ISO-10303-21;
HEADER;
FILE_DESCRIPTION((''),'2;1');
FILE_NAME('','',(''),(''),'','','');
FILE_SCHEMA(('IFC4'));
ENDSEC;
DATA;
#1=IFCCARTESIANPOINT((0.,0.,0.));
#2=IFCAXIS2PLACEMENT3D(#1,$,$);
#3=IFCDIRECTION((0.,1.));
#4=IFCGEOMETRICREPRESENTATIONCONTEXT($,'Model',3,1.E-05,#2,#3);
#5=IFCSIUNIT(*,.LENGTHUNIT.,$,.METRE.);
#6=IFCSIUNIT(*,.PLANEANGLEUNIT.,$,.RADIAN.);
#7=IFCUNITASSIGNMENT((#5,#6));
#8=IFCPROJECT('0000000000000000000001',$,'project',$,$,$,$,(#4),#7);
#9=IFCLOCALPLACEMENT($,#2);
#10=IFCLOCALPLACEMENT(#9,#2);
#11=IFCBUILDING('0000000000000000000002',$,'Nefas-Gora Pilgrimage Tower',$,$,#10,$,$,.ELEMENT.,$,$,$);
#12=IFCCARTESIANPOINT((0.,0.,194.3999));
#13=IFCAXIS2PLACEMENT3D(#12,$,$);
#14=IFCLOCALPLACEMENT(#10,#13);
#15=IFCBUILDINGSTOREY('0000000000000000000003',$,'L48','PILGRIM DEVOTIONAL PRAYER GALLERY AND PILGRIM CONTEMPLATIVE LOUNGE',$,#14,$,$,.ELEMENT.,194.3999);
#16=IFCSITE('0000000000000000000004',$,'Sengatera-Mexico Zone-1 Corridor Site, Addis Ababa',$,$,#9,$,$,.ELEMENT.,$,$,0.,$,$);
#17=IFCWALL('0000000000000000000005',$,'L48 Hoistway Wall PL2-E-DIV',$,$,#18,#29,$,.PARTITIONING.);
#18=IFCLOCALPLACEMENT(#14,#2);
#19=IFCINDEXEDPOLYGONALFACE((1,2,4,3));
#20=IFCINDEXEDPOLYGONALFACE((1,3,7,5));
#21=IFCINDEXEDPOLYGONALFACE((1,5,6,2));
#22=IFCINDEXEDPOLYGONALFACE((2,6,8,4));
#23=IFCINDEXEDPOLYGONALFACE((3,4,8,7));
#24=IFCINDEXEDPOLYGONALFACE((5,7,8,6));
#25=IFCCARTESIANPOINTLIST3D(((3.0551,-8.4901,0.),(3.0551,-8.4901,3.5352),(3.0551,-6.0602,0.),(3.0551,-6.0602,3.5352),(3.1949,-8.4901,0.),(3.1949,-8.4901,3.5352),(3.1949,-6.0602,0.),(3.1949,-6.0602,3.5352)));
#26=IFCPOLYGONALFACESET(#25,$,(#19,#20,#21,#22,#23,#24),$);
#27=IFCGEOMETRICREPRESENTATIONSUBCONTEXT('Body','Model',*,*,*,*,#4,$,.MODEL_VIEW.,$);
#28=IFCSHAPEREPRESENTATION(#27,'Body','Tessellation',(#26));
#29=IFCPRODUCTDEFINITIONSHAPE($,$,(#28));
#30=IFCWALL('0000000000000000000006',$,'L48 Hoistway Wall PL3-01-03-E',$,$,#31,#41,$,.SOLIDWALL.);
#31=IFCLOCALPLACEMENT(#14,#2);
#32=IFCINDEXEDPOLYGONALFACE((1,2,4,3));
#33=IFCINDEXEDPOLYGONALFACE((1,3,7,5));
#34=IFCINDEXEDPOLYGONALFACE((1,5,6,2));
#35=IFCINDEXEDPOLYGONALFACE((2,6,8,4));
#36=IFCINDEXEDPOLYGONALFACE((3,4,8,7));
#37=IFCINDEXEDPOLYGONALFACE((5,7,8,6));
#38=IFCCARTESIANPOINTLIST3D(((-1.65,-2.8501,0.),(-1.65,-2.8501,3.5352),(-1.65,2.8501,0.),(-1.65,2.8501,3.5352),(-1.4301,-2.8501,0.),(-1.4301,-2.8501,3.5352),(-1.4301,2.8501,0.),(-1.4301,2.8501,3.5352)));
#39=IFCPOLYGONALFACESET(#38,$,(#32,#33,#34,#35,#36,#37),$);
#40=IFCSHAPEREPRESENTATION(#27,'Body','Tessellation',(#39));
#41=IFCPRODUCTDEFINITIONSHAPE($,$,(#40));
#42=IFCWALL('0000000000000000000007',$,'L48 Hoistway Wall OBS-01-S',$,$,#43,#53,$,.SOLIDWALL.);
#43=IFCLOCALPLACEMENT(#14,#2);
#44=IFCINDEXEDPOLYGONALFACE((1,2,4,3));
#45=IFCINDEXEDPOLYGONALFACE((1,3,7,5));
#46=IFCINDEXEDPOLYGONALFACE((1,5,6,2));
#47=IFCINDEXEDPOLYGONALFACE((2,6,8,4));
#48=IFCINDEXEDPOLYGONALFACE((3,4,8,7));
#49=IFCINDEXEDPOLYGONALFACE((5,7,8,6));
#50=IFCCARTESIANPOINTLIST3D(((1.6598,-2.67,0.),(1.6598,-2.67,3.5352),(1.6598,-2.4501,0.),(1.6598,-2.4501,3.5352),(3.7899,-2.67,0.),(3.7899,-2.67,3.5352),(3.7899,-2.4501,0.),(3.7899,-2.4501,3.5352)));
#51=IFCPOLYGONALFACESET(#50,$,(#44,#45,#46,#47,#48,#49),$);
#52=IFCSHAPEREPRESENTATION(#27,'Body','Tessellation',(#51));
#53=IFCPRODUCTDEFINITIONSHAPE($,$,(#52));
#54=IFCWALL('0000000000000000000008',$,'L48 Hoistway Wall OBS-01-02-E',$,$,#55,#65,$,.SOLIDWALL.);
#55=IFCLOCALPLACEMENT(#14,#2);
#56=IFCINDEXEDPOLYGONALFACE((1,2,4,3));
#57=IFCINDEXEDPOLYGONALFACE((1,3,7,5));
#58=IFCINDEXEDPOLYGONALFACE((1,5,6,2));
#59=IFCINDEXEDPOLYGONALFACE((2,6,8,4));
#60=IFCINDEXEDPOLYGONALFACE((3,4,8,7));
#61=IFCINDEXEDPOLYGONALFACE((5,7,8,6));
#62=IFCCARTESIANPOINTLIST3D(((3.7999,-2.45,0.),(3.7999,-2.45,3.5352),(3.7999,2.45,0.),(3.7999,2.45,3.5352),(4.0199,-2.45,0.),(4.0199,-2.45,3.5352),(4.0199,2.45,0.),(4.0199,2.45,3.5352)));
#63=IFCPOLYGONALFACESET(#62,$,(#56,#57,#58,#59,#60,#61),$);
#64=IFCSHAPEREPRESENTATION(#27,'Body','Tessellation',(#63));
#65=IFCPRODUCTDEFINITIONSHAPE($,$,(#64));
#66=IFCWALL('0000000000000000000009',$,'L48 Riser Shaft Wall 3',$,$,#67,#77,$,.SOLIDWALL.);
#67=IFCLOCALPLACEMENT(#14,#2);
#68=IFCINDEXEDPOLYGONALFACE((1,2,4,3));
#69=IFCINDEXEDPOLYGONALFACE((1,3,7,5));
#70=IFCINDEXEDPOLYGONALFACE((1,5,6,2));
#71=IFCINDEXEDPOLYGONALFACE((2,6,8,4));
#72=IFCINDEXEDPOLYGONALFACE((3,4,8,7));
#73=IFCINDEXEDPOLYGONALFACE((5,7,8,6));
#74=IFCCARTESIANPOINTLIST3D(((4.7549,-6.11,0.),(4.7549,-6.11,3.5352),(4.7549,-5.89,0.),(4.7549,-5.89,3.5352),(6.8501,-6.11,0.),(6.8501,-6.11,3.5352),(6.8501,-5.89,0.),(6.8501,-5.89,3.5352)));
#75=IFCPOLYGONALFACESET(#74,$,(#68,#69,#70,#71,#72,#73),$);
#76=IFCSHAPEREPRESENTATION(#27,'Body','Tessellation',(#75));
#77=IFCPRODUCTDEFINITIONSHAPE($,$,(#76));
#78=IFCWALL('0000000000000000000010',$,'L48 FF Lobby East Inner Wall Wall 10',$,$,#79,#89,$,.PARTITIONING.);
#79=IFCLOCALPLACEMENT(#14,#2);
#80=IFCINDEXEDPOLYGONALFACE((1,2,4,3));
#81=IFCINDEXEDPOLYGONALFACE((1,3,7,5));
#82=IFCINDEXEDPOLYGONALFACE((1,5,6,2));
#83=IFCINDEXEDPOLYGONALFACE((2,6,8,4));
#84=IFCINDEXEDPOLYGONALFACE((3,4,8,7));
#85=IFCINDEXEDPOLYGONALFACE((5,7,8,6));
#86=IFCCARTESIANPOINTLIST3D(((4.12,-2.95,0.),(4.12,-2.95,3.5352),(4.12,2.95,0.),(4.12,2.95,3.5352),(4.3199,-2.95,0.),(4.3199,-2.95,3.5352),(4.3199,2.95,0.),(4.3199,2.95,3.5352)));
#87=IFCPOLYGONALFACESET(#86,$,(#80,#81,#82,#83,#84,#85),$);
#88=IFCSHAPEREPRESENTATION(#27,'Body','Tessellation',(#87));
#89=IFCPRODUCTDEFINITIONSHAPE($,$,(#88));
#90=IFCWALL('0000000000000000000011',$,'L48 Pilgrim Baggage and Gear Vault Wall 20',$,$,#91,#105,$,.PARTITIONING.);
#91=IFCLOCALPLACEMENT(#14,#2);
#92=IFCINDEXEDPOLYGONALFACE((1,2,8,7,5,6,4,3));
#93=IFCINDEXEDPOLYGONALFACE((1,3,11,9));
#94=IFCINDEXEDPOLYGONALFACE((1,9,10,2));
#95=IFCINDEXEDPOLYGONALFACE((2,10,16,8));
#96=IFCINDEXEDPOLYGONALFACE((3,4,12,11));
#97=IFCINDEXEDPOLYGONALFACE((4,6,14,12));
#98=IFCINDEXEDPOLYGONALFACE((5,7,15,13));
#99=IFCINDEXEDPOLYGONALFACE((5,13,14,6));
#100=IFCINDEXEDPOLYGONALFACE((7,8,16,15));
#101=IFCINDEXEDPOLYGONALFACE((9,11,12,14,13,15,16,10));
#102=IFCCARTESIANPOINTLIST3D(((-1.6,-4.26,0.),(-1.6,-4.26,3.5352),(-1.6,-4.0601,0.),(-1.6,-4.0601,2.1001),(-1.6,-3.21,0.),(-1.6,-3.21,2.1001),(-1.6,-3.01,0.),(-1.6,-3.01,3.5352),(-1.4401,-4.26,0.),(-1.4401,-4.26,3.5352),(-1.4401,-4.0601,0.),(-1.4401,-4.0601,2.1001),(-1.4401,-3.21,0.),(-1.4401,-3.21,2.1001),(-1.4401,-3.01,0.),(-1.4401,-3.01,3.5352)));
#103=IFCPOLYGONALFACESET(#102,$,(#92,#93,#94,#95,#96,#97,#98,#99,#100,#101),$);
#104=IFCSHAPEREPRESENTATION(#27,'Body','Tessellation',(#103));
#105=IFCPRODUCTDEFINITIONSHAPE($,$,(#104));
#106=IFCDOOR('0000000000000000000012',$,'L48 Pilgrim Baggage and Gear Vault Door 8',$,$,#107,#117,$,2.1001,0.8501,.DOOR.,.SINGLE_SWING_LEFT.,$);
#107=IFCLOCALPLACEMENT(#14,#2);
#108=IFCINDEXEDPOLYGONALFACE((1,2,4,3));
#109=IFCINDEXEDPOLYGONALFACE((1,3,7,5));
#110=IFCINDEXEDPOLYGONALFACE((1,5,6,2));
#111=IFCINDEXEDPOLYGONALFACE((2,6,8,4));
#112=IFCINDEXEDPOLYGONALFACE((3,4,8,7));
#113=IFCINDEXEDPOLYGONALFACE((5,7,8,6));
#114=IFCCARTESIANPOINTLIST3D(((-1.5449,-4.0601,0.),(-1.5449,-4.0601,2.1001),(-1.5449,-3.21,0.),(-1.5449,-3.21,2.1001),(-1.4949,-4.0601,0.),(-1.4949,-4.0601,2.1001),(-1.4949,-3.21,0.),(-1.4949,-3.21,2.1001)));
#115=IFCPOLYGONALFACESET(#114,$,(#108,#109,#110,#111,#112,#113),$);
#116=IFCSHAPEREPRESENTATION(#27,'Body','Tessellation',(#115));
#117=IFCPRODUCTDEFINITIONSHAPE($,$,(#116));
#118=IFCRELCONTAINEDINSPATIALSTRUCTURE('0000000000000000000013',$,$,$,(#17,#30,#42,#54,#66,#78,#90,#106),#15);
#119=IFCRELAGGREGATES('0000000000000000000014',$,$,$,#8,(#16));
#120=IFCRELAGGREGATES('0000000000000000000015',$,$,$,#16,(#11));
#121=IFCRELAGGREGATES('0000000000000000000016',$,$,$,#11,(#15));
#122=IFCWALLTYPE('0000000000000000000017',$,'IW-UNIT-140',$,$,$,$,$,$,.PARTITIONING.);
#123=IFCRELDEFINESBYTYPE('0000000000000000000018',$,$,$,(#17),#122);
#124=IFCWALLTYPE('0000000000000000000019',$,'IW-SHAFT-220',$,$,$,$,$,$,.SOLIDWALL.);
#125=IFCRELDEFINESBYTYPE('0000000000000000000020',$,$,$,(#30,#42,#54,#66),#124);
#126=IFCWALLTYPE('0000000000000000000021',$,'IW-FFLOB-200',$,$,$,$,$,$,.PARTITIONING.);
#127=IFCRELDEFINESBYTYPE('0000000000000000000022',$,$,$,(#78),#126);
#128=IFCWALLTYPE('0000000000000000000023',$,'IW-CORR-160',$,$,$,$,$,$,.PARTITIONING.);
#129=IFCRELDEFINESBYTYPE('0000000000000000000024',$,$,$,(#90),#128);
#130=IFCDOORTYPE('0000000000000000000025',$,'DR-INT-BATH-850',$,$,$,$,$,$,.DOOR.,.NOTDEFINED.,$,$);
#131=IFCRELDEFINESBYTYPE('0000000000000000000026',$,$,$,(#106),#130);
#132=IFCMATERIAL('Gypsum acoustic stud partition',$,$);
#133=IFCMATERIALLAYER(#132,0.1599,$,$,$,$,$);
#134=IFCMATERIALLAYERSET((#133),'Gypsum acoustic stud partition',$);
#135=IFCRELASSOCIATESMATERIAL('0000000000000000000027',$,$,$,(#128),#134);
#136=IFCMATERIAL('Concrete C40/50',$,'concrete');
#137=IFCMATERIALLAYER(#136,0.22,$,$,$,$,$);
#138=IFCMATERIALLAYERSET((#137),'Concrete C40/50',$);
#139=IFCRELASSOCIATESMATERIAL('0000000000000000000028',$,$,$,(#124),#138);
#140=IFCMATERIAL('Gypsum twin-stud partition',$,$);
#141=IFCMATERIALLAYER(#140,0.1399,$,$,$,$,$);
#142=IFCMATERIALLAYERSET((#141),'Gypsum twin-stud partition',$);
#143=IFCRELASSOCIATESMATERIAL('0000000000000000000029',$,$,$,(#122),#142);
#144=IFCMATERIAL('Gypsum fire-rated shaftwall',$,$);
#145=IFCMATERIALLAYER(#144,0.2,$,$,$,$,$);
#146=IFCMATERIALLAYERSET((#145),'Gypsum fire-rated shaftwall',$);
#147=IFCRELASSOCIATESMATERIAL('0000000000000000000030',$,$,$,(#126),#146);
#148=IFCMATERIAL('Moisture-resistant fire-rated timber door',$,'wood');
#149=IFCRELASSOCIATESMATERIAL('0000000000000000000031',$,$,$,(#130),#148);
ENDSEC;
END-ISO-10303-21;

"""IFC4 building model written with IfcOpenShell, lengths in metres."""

from ifc_helpers import new_model, si_unit, direction, frame, frame_2d, origin, place, context, subcontext, project, spatial, rectangle, extrude, source, transform, mapped, material, layer, layer_set, type_object, element, fill, save


model = new_model("IFC4")

# Units and contexts
model_context = context("Model", 3, precision=1e-05, world=origin(), true_north=direction((0.0, 1.0)))
body_context = subcontext(model_context, "Body", "Model", "MODEL_VIEW")
ifc_project = project(units=[si_unit("LENGTHUNIT", "METRE"), si_unit("PLANEANGLEUNIT", "RADIAN")], contexts=[model_context])

# Site, building, storey
site_placement = place(None, origin())
site = spatial("IfcSite", under=ifc_project, at=site_placement, Name="Sengatera-Mexico Zone-1 Corridor Site, Addis Ababa", CompositionType="ELEMENT", RefElevation=0.0)
building_placement = place(site_placement, origin())
building = spatial("IfcBuilding", under=site, at=building_placement, Name="Nefas-Gora Pilgrimage Tower", CompositionType="ELEMENT")
storey_placement = place(building_placement, frame((0.0, 0.0, 194.3999)))
storey = spatial("IfcBuildingStorey", under=building, at=storey_placement, Name="L48", Description="PILGRIM DEVOTIONAL PRAYER GALLERY AND PILGRIM CONTEMPLATIVE LOUNGE", CompositionType="ELEMENT", Elevation=194.3999)

# Shared definitions
ifc_material_1 = material(Name="Gypsum acoustic stud partition")
ifc_layer_1 = layer(ifc_material_1, 0.1599)
ifc_layer_set_1 = layer_set([ifc_layer_1], Name="Gypsum acoustic stud partition")
wall_type_1 = type_object("IfcWallType", Name="IW-CORR-160", PredefinedType="PARTITIONING", material=ifc_layer_set_1)
ifc_material_2 = material(Name="Concrete C40/50", Category="concrete")
ifc_layer_2 = layer(ifc_material_2, 0.22)
ifc_layer_set_2 = layer_set([ifc_layer_2], Name="Concrete C40/50")
wall_type_2 = type_object("IfcWallType", Name="IW-SHAFT-220", PredefinedType="SOLIDWALL", material=ifc_layer_set_2)

# Walls
ifc_material_3 = material(Name="Gypsum twin-stud partition")
ifc_layer_3 = layer(ifc_material_3, 0.1399)
ifc_layer_set_3 = layer_set([ifc_layer_3], Name="Gypsum twin-stud partition")
wall_type_3 = type_object("IfcWallType", Name="IW-UNIT-140", PredefinedType="PARTITIONING", material=ifc_layer_set_3)
shared_shape_1 = source(origin(), body_context, "Body", "SweptSolid", [
    extrude(rectangle(XDim=2.4299, YDim=0.1399, at=frame_2d((1.2148, 0.0))), origin(), (0.0, 0.0, 1.0), 3.5352),
])
wall_1_placement = place(storey_placement, frame((3.125, -8.49, 0.0), z_axis=(0.0, 0.0, 1.0), x_axis=(0.0, 1.0, 0.0)))
element("IfcWall", 1, at=wall_1_placement, inside=storey, type_object=wall_type_3, Name="L48 Hoistway Wall PL2-E-DIV", PredefinedType="PARTITIONING", context=body_context, shape_type="MappedRepresentation", body=[
    mapped(shared_shape_1, transform((0.0, 0.0, 0.0), x_axis=(1.0, 0.0, 0.0), y_axis=(0.0, 1.0, 0.0), z_axis=(0.0, 0.0, 1.0), scale=1.0)),
])
shared_shape_2 = source(origin(), body_context, "Body", "SweptSolid", [
    extrude(rectangle(XDim=5.7002, YDim=0.22, at=frame_2d((2.8501, 0.0))), origin(), (0.0, 0.0, 1.0), 3.5352),
])
wall_2_placement = place(storey_placement, frame((-1.54, -2.8501, 0.0), z_axis=(0.0, 0.0, 1.0), x_axis=(0.0, 1.0, 0.0)))
element("IfcWall", 2, at=wall_2_placement, inside=storey, type_object=wall_type_2, Name="L48 Hoistway Wall PL3-01-03-E", PredefinedType="SOLIDWALL", context=body_context, shape_type="MappedRepresentation", body=[
    mapped(shared_shape_2, transform((0.0, 0.0, 0.0), x_axis=(1.0, 0.0, 0.0), y_axis=(0.0, 1.0, 0.0), z_axis=(0.0, 0.0, 1.0), scale=1.0)),
])
shared_shape_3 = source(origin(), body_context, "Body", "SweptSolid", [
    extrude(rectangle(XDim=2.1301, YDim=0.22, at=frame_2d((1.0649, 0.0))), origin(), (0.0, 0.0, 1.0), 3.5352),
])
wall_3_placement = place(storey_placement, frame((1.6599, -2.5601, 0.0), z_axis=(0.0, 0.0, 1.0), x_axis=(1.0, 0.0, 0.0)))
element("IfcWall", 3, at=wall_3_placement, inside=storey, type_object=wall_type_2, Name="L48 Hoistway Wall OBS-01-S", PredefinedType="SOLIDWALL", context=body_context, shape_type="MappedRepresentation", body=[
    mapped(shared_shape_3, transform((0.0, 0.0, 0.0), x_axis=(1.0, 0.0, 0.0), y_axis=(0.0, 1.0, 0.0), z_axis=(0.0, 0.0, 1.0), scale=1.0)),
])
shared_shape_4 = source(origin(), body_context, "Body", "SweptSolid", [
    extrude(rectangle(XDim=4.8999, YDim=0.22, at=frame_2d((2.45, 0.0))), origin(), (0.0, 0.0, 1.0), 3.5352),
])
wall_4_placement = place(storey_placement, frame((3.9099, -2.45, 0.0), z_axis=(0.0, 0.0, 1.0), x_axis=(0.0, 1.0, 0.0)))
element("IfcWall", 4, at=wall_4_placement, inside=storey, type_object=wall_type_2, Name="L48 Hoistway Wall OBS-01-02-E", PredefinedType="SOLIDWALL", context=body_context, shape_type="MappedRepresentation", body=[
    mapped(shared_shape_4, transform((0.0, 0.0, 0.0), x_axis=(1.0, 0.0, 0.0), y_axis=(0.0, 1.0, 0.0), z_axis=(0.0, 0.0, 1.0), scale=1.0)),
])
shared_shape_5 = source(origin(), body_context, "Body", "SweptSolid", [
    extrude(rectangle(XDim=2.0952, YDim=0.22, at=frame_2d((1.0476, 0.0))), origin(), (0.0, 0.0, 1.0), 3.5352),
])
wall_5_placement = place(storey_placement, frame((4.7549, -6.0, 0.0), z_axis=(0.0, 0.0, 1.0), x_axis=(1.0, 0.0, 0.0)))
element("IfcWall", 5, at=wall_5_placement, inside=storey, type_object=wall_type_2, Name="L48 Riser Shaft Wall 3", PredefinedType="SOLIDWALL", context=body_context, shape_type="MappedRepresentation", body=[
    mapped(shared_shape_5, transform((0.0, 0.0, 0.0), x_axis=(1.0, 0.0, 0.0), y_axis=(0.0, 1.0, 0.0), z_axis=(0.0, 0.0, 1.0), scale=1.0)),
])
ifc_material_4 = material(Name="Gypsum fire-rated shaftwall")
ifc_layer_4 = layer(ifc_material_4, 0.2)
ifc_layer_set_4 = layer_set([ifc_layer_4], Name="Gypsum fire-rated shaftwall")
wall_type_4 = type_object("IfcWallType", Name="IW-FFLOB-200", PredefinedType="PARTITIONING", material=ifc_layer_set_4)
shared_shape_6 = source(origin(), body_context, "Body", "SweptSolid", [
    extrude(rectangle(XDim=5.8999, YDim=0.2, at=frame_2d((2.95, 0.0))), origin(), (0.0, 0.0, 1.0), 3.5352),
])
wall_6_placement = place(storey_placement, frame((4.22, -2.95, 0.0), z_axis=(0.0, 0.0, 1.0), x_axis=(0.0, 1.0, 0.0)))
element("IfcWall", 6, at=wall_6_placement, inside=storey, type_object=wall_type_4, Name="L48 FF Lobby East Inner Wall Wall 10", PredefinedType="PARTITIONING", context=body_context, shape_type="MappedRepresentation", body=[
    mapped(shared_shape_6, transform((0.0, 0.0, 0.0), x_axis=(1.0, 0.0, 0.0), y_axis=(0.0, 1.0, 0.0), z_axis=(0.0, 0.0, 1.0), scale=1.0)),
])

# Wall, opening, door
shared_shape_7 = source(origin(), body_context, "Body", "SweptSolid", [
    extrude(rectangle(XDim=1.25, YDim=0.1599, at=frame_2d((0.625, 0.0))), origin(), (0.0, 0.0, 1.0), 3.5352),
])
wall_7_placement = place(storey_placement, frame((-1.52, -4.26, 0.0), z_axis=(0.0, 0.0, 1.0), x_axis=(0.0, 1.0, 0.0)))
wall_7 = element("IfcWall", 7, at=wall_7_placement, inside=storey, type_object=wall_type_1, Name="L48 Pilgrim Baggage and Gear Vault Wall 20", PredefinedType="PARTITIONING", context=body_context, shape_type="MappedRepresentation", body=[
    mapped(shared_shape_7, transform((0.0, 0.0, 0.0), x_axis=(1.0, 0.0, 0.0), y_axis=(0.0, 1.0, 0.0), z_axis=(0.0, 0.0, 1.0), scale=1.0)),
])
opening_1_placement = place(wall_7_placement, frame((0.2, 0.0, 0.0)))
opening_1 = element("IfcOpeningElement", 8, at=opening_1_placement, cuts=wall_7, PredefinedType="OPENING", context=body_context, shape_type="SweptSolid", body=[
    extrude(rectangle(XDim=0.8501, YDim=2.1001, at=frame_2d((0.425, 1.05))), frame((0.0, 0.0898, 0.0), z_axis=(0.0, -1.0, 0.0), x_axis=(1.0, 0.0, 0.0)), (0.0, 0.0, 1.0), 0.1799),
])
ifc_material_5 = material(Name="Moisture-resistant fire-rated timber door", Category="wood")
door_type_1 = type_object("IfcDoorType", Name="DR-INT-BATH-850", OperationType="NOTDEFINED", PredefinedType="DOOR", material=ifc_material_5)
shared_shape_8 = source(origin(), body_context, "Body", "SweptSolid", [
    extrude(rectangle(XDim=0.8501, YDim=2.1001, at=frame_2d((0.425, 1.05))), frame((0.0, 0.0249, 0.0), z_axis=(0.0, -1.0, 0.0), x_axis=(1.0, 0.0, 0.0)), (0.0, 0.0, 1.0), 0.05),
])
door_1_placement = place(opening_1_placement, origin())
door_1 = element("IfcDoor", 9, at=door_1_placement, inside=storey, type_object=door_type_1, Name="L48 Pilgrim Baggage and Gear Vault Door 8", OperationType="SINGLE_SWING_LEFT", OverallHeight=2.1001, OverallWidth=0.8501, PredefinedType="DOOR", context=body_context, shape_type="MappedRepresentation", body=[
    mapped(shared_shape_8, transform((0.0, 0.0, 0.0), x_axis=(1.0, 0.0, 0.0), y_axis=(0.0, 1.0, 0.0), z_axis=(0.0, 0.0, 1.0), scale=1.0)),
])
fill(opening_1, door_1)

save(model, "model.ifc")
